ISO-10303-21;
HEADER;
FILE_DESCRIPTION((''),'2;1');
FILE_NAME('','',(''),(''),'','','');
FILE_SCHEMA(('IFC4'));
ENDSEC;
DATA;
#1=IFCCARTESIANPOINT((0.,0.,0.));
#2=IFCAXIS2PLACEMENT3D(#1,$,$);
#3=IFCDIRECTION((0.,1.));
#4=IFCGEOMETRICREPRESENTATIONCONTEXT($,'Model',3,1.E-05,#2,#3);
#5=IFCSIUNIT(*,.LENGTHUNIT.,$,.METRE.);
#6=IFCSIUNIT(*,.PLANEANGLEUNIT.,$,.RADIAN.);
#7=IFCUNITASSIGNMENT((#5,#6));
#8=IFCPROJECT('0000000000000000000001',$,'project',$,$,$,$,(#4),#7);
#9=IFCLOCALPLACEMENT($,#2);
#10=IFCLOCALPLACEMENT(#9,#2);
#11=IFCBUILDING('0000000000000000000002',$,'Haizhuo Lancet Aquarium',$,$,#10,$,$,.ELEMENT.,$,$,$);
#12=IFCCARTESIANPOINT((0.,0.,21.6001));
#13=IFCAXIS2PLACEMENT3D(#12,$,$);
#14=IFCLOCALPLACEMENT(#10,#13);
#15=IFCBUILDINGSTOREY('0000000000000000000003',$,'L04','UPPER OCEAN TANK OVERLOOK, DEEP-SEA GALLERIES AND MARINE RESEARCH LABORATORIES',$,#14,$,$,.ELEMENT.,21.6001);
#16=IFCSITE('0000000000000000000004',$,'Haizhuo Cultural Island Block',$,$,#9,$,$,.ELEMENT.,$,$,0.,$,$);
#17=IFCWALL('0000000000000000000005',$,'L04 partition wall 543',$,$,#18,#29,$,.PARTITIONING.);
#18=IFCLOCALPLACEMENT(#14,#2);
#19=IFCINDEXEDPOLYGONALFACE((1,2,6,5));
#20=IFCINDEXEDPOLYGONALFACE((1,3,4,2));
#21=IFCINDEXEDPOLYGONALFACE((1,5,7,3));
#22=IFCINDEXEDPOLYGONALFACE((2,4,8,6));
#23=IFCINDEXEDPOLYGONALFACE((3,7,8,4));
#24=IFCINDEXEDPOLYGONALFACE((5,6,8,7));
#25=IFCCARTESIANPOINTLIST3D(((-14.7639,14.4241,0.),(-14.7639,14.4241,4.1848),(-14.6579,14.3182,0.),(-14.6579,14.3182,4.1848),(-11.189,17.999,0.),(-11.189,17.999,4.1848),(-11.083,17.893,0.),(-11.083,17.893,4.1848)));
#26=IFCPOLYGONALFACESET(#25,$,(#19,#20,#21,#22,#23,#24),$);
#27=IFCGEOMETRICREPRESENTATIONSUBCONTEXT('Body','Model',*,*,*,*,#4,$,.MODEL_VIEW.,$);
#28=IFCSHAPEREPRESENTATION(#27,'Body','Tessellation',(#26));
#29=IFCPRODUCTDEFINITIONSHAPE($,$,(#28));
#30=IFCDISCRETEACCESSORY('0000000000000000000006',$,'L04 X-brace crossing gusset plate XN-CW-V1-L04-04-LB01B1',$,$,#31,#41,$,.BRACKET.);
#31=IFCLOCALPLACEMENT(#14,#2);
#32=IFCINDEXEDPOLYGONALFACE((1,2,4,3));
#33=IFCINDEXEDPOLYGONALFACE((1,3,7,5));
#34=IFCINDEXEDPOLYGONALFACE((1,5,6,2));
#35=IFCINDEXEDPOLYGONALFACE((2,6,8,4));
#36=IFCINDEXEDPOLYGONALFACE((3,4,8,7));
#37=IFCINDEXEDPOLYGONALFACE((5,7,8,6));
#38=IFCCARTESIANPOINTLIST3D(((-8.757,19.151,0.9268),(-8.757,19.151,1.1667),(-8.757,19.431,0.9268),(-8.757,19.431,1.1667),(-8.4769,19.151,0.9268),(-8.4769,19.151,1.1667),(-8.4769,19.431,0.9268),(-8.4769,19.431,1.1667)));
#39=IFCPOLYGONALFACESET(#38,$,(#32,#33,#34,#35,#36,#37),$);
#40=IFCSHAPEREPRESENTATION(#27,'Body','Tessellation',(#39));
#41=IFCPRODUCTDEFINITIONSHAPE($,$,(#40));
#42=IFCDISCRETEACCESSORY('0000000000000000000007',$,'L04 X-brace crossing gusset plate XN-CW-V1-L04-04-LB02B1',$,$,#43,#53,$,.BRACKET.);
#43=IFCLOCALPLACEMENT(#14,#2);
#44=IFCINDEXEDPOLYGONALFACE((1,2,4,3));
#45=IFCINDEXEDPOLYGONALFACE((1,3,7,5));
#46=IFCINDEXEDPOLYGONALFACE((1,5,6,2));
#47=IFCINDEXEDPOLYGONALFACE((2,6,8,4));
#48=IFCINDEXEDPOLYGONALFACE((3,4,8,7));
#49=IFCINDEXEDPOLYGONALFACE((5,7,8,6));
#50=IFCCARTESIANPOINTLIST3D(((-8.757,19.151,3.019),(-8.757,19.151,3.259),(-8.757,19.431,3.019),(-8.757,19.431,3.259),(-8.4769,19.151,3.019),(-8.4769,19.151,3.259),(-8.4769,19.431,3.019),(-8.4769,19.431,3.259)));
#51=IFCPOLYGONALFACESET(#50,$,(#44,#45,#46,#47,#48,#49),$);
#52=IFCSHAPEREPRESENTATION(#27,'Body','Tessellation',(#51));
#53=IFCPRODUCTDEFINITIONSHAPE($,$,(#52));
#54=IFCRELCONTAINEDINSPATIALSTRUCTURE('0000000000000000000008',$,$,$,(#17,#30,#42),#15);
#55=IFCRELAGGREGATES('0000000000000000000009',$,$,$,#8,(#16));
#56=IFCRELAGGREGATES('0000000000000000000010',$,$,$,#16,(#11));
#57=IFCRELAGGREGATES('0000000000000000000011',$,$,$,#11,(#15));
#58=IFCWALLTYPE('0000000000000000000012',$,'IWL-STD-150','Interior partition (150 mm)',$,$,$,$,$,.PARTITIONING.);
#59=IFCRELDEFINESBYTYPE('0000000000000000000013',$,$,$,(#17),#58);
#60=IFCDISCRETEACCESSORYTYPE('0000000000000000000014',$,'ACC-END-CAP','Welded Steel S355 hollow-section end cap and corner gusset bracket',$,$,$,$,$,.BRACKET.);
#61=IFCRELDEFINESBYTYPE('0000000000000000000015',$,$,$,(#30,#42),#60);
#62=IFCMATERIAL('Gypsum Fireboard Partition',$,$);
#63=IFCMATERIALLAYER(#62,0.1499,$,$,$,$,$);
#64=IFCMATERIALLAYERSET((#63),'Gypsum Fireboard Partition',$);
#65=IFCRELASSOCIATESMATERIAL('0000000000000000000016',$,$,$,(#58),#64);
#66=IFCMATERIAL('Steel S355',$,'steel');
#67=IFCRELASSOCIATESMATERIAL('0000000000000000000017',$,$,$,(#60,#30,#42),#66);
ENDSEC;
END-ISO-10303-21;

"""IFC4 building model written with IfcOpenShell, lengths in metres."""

from ifc_helpers import new_model, si_unit, direction, frame, frame_2d, origin, origin_2d, place, context, subcontext, project, spatial, rectangle, extrude, material, layer, layer_set, type_object, element, save


model = new_model("IFC4")

# Units and contexts
model_context = context("Model", 3, precision=1e-05, world=origin(), true_north=direction((0.0, 1.0)))
body_context = subcontext(model_context, "Body", "Model", "MODEL_VIEW")
ifc_project = project(units=[si_unit("LENGTHUNIT", "METRE"), si_unit("PLANEANGLEUNIT", "RADIAN")], contexts=[model_context])

# Site, building, storey
site_placement = place(None, origin())
site = spatial("IfcSite", under=ifc_project, at=site_placement, Name="Haizhuo Cultural Island Block", CompositionType="ELEMENT", RefElevation=0.0)
building_placement = place(site_placement, origin())
building = spatial("IfcBuilding", under=site, at=building_placement, Name="Haizhuo Lancet Aquarium", CompositionType="ELEMENT")
storey_placement = place(building_placement, frame((0.0, 0.0, 21.6001)))
storey = spatial("IfcBuildingStorey", under=building, at=storey_placement, Name="L04", Description="UPPER OCEAN TANK OVERLOOK, DEEP-SEA GALLERIES AND MARINE RESEARCH LABORATORIES", CompositionType="ELEMENT", Elevation=21.6001)

# Shared definitions
ifc_material_1 = material(Name="Steel S355", Category="steel")

# Wall
ifc_material_2 = material(Name="Gypsum Fireboard Partition")
ifc_layer_1 = layer(ifc_material_2, 0.1499)
ifc_layer_set_1 = layer_set([ifc_layer_1], Name="Gypsum Fireboard Partition")
wall_type = type_object("IfcWallType", Name="IWL-STD-150", Description="Interior partition (150 mm)", PredefinedType="PARTITIONING", material=ifc_layer_set_1)
wall_placement = place(storey_placement, frame((-11.136, 17.946, 0.0), z_axis=(0.0, 0.0, 1.0), x_axis=(-0.707107, -0.707107, 0.0)))
element("IfcWall", 1, at=wall_placement, inside=storey, type_object=wall_type, Name="L04 partition wall 543", PredefinedType="PARTITIONING", context=body_context, shape_type="SweptSolid", body=[
    extrude(rectangle(XDim=5.0557, YDim=0.1499, at=frame_2d((2.5278, 0.0))), origin(), (0.0, 0.0, 1.0), 4.1848),
])

# Discrete accessories
discrete_accessory_type = type_object("IfcDiscreteAccessoryType", Name="ACC-END-CAP", Description="Welded Steel S355 hollow-section end cap and corner gusset bracket", PredefinedType="BRACKET", material=ifc_material_1)
for number, where, z_axis, x_axis, name in (
    (2, (-8.6169, 19.291, 0.9268), (0.0, 0.0, 1.0), (1.0, 0.0, 0.0), "L04 X-brace crossing gusset plate XN-CW-V1-L04-04-LB01B1"),
    (3, (-8.6169, 19.291, 3.019), (0.0, 0.0, 1.0), (1.0, 0.0, 0.0), "L04 X-brace crossing gusset plate XN-CW-V1-L04-04-LB02B1"),
):
    element("IfcDiscreteAccessory", number, at=place(storey_placement, frame(where, z_axis=z_axis, x_axis=x_axis)), inside=storey, type_object=discrete_accessory_type, material=ifc_material_1, Name=name, PredefinedType="BRACKET", context=body_context, shape_type="SweptSolid", body=[
        extrude(rectangle(XDim=0.28, YDim=0.28, at=origin_2d()), origin(), (0.0, 0.0, 1.0), 0.24),
    ])

save(model, "model.ifc")
